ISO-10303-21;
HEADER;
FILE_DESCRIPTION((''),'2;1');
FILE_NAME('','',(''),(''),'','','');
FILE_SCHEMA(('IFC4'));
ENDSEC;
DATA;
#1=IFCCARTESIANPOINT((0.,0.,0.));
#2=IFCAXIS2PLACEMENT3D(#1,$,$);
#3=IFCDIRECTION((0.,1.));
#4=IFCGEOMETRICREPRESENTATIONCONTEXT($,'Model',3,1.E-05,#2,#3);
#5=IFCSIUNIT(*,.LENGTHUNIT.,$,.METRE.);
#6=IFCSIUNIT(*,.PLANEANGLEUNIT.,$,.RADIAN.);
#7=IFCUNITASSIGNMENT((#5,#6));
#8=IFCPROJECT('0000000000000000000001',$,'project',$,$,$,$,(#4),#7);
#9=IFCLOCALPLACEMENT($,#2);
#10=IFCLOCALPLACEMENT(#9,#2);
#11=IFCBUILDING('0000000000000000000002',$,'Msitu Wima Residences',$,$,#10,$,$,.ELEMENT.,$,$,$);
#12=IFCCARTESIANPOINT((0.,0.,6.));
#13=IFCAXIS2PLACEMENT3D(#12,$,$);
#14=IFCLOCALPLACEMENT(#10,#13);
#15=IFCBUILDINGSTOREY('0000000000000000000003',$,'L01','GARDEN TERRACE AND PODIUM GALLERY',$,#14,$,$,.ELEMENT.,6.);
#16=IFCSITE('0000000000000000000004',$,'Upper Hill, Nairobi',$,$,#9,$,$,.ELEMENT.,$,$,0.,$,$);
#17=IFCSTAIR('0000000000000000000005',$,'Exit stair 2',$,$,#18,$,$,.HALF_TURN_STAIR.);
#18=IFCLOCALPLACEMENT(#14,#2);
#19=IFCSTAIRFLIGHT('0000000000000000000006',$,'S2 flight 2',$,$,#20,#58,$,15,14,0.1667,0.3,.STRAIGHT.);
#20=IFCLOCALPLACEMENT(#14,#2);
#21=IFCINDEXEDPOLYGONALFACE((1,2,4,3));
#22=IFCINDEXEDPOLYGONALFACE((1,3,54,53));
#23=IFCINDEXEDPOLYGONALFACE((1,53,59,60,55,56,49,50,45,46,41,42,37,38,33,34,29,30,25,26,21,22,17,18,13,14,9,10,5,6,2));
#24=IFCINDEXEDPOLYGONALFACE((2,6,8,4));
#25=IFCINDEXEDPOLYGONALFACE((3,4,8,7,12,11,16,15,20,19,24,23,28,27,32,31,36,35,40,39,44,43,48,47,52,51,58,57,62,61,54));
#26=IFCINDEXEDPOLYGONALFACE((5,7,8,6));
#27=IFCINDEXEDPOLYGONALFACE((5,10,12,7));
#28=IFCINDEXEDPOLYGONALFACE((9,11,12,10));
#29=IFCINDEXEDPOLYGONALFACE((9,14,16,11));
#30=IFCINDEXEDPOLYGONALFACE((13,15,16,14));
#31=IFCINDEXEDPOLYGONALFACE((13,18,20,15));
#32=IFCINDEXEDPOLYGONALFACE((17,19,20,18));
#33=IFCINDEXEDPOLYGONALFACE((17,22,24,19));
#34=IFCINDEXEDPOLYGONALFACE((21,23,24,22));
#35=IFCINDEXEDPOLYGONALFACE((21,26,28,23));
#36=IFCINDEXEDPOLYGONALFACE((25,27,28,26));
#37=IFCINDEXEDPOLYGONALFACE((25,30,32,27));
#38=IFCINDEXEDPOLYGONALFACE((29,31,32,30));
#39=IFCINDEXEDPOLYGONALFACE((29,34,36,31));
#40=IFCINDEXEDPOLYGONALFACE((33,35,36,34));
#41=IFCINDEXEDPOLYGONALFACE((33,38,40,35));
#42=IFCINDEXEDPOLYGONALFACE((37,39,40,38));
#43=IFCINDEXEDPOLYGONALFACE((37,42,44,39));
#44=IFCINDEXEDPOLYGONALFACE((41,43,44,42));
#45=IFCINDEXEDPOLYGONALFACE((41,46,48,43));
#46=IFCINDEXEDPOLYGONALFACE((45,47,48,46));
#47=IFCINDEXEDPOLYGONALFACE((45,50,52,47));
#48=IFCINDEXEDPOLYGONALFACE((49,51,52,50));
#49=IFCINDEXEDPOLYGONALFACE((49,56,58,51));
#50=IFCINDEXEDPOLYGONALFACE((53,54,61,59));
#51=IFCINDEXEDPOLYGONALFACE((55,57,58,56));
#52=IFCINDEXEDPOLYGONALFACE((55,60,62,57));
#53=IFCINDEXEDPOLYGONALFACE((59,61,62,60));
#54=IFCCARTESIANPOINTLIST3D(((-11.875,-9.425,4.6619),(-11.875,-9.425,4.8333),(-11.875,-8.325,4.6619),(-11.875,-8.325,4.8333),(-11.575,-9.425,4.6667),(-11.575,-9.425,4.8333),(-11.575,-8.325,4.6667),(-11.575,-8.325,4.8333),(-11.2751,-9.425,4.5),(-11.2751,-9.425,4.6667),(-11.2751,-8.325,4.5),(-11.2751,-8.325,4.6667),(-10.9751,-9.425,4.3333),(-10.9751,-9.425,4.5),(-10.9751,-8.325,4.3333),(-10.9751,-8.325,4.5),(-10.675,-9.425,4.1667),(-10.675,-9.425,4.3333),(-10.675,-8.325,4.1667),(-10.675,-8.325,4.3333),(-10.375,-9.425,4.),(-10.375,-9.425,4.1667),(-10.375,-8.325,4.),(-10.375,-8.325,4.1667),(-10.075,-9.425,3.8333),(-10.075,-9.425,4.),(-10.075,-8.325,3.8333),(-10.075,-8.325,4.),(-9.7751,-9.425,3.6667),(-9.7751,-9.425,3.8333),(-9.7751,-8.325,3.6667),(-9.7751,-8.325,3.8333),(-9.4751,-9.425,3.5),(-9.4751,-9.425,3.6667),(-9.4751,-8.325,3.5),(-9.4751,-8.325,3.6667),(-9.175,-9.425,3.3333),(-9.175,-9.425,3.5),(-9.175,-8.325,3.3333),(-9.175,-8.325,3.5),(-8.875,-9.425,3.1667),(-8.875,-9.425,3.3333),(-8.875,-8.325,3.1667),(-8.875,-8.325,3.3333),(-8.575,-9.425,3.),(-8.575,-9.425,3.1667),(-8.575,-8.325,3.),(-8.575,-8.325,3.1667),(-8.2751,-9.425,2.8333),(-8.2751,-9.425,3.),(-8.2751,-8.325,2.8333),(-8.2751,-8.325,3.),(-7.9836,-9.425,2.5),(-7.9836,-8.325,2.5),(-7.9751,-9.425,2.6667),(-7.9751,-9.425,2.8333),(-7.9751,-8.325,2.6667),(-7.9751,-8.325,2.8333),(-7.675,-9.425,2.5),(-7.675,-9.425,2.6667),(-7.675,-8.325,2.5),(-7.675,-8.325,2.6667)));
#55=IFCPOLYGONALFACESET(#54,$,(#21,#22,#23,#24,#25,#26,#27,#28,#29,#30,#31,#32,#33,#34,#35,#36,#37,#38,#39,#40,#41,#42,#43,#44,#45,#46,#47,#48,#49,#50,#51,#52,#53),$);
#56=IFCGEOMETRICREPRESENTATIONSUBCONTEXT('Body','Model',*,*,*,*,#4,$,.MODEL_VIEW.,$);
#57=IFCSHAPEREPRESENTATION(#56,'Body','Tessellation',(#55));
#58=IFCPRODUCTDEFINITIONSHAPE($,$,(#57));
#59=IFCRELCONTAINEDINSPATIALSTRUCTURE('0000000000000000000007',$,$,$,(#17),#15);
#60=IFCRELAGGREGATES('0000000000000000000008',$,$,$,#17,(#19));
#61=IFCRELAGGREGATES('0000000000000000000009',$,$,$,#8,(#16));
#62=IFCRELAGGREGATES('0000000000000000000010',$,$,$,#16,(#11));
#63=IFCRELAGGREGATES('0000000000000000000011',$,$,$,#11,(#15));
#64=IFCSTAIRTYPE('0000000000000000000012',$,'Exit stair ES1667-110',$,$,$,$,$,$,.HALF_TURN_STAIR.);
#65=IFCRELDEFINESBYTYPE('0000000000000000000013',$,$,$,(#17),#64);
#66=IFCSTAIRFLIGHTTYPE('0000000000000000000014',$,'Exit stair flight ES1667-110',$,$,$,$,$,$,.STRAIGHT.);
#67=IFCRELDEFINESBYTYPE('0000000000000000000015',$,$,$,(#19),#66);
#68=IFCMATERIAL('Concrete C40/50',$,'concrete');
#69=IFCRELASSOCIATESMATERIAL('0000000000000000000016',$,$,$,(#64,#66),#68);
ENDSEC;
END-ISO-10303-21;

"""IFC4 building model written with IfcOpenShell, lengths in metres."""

from ifc_helpers import new_model, si_unit, direction, frame, origin, place, context, subcontext, project, spatial, polyline, outline, extrude, material, type_object, element, aggregate, save


model = new_model("IFC4")

# Units and contexts
model_context = context("Model", 3, precision=1e-05, world=origin(), true_north=direction((0.0, 1.0)))
body_context = subcontext(model_context, "Body", "Model", "MODEL_VIEW")
ifc_project = project(units=[si_unit("LENGTHUNIT", "METRE"), si_unit("PLANEANGLEUNIT", "RADIAN")], contexts=[model_context])

# Site, building, storey
site_placement = place(None, origin())
site = spatial("IfcSite", under=ifc_project, at=site_placement, Name="Upper Hill, Nairobi", CompositionType="ELEMENT", RefElevation=0.0)
building_placement = place(site_placement, origin())
building = spatial("IfcBuilding", under=site, at=building_placement, Name="Msitu Wima Residences", CompositionType="ELEMENT")
storey_placement = place(building_placement, frame((0.0, 0.0, 6.0)))
storey = spatial("IfcBuildingStorey", under=building, at=storey_placement, Name="L01", Description="GARDEN TERRACE AND PODIUM GALLERY", CompositionType="ELEMENT", Elevation=6.0)

# Shared definitions
ifc_material_1 = material(Name="Concrete C40/50", Category="concrete")

# Stair, stair flight
stair_type = type_object("IfcStairType", Name="Exit stair ES1667-110", PredefinedType="HALF_TURN_STAIR", material=ifc_material_1)
stair_placement = place(storey_placement, origin())
stair = element("IfcStair", 1, at=stair_placement, inside=storey, type_object=stair_type, Name="Exit stair 2", PredefinedType="HALF_TURN_STAIR")
stair_flight_type = type_object("IfcStairFlightType", Name="Exit stair flight ES1667-110", PredefinedType="STRAIGHT", material=ifc_material_1)
stair_flight_placement = place(storey_placement, frame((-7.675, -8.875, 2.5), z_axis=(0.0, 0.0, 1.0), x_axis=(-1.0, 0.0, 0.0)))
stair_flight = element("IfcStairFlight", 2, at=stair_flight_placement, type_object=stair_flight_type, Name="S2 flight 2", NumberOfRisers=15, NumberOfTreads=14, PredefinedType="STRAIGHT", RiserHeight=0.1667, TreadLength=0.3, context=body_context, shape_type="SweptSolid", body=[
    extrude(outline(polyline([(0.0, 0.0), (0.0, 0.1667), (0.3, 0.1667), (0.3, 0.3333), (0.6001, 0.3333), (0.6001, 0.5), (0.8999, 0.5), (0.8999, 0.6667), (1.2, 0.6667), (1.2, 0.8333), (1.5, 0.8333), (1.5, 1.0), (1.8, 1.0), (1.8, 1.1667), (2.1001, 1.1667), (2.1001, 1.3333), (2.3999, 1.3333), (2.3999, 1.5), (2.7, 1.5), (2.7, 1.6667), (3.0, 1.6667), (3.0, 1.8333), (3.3, 1.8333), (3.3, 2.0), (3.6001, 2.0), (3.6001, 2.1667), (3.8999, 2.1667), (3.8999, 2.3333), (4.2, 2.3333), (4.2, 2.5), (4.2, 2.1619), (0.3086, 0.0), (0.0, 0.0)])), frame((0.0, 0.55, 0.0), z_axis=(0.0, -1.0, 0.0), x_axis=(1.0, 0.0, 0.0)), (0.0, 0.0, 1.0), 1.1001),
])
aggregate(stair, [stair_flight])

save(model, "model.ifc")
